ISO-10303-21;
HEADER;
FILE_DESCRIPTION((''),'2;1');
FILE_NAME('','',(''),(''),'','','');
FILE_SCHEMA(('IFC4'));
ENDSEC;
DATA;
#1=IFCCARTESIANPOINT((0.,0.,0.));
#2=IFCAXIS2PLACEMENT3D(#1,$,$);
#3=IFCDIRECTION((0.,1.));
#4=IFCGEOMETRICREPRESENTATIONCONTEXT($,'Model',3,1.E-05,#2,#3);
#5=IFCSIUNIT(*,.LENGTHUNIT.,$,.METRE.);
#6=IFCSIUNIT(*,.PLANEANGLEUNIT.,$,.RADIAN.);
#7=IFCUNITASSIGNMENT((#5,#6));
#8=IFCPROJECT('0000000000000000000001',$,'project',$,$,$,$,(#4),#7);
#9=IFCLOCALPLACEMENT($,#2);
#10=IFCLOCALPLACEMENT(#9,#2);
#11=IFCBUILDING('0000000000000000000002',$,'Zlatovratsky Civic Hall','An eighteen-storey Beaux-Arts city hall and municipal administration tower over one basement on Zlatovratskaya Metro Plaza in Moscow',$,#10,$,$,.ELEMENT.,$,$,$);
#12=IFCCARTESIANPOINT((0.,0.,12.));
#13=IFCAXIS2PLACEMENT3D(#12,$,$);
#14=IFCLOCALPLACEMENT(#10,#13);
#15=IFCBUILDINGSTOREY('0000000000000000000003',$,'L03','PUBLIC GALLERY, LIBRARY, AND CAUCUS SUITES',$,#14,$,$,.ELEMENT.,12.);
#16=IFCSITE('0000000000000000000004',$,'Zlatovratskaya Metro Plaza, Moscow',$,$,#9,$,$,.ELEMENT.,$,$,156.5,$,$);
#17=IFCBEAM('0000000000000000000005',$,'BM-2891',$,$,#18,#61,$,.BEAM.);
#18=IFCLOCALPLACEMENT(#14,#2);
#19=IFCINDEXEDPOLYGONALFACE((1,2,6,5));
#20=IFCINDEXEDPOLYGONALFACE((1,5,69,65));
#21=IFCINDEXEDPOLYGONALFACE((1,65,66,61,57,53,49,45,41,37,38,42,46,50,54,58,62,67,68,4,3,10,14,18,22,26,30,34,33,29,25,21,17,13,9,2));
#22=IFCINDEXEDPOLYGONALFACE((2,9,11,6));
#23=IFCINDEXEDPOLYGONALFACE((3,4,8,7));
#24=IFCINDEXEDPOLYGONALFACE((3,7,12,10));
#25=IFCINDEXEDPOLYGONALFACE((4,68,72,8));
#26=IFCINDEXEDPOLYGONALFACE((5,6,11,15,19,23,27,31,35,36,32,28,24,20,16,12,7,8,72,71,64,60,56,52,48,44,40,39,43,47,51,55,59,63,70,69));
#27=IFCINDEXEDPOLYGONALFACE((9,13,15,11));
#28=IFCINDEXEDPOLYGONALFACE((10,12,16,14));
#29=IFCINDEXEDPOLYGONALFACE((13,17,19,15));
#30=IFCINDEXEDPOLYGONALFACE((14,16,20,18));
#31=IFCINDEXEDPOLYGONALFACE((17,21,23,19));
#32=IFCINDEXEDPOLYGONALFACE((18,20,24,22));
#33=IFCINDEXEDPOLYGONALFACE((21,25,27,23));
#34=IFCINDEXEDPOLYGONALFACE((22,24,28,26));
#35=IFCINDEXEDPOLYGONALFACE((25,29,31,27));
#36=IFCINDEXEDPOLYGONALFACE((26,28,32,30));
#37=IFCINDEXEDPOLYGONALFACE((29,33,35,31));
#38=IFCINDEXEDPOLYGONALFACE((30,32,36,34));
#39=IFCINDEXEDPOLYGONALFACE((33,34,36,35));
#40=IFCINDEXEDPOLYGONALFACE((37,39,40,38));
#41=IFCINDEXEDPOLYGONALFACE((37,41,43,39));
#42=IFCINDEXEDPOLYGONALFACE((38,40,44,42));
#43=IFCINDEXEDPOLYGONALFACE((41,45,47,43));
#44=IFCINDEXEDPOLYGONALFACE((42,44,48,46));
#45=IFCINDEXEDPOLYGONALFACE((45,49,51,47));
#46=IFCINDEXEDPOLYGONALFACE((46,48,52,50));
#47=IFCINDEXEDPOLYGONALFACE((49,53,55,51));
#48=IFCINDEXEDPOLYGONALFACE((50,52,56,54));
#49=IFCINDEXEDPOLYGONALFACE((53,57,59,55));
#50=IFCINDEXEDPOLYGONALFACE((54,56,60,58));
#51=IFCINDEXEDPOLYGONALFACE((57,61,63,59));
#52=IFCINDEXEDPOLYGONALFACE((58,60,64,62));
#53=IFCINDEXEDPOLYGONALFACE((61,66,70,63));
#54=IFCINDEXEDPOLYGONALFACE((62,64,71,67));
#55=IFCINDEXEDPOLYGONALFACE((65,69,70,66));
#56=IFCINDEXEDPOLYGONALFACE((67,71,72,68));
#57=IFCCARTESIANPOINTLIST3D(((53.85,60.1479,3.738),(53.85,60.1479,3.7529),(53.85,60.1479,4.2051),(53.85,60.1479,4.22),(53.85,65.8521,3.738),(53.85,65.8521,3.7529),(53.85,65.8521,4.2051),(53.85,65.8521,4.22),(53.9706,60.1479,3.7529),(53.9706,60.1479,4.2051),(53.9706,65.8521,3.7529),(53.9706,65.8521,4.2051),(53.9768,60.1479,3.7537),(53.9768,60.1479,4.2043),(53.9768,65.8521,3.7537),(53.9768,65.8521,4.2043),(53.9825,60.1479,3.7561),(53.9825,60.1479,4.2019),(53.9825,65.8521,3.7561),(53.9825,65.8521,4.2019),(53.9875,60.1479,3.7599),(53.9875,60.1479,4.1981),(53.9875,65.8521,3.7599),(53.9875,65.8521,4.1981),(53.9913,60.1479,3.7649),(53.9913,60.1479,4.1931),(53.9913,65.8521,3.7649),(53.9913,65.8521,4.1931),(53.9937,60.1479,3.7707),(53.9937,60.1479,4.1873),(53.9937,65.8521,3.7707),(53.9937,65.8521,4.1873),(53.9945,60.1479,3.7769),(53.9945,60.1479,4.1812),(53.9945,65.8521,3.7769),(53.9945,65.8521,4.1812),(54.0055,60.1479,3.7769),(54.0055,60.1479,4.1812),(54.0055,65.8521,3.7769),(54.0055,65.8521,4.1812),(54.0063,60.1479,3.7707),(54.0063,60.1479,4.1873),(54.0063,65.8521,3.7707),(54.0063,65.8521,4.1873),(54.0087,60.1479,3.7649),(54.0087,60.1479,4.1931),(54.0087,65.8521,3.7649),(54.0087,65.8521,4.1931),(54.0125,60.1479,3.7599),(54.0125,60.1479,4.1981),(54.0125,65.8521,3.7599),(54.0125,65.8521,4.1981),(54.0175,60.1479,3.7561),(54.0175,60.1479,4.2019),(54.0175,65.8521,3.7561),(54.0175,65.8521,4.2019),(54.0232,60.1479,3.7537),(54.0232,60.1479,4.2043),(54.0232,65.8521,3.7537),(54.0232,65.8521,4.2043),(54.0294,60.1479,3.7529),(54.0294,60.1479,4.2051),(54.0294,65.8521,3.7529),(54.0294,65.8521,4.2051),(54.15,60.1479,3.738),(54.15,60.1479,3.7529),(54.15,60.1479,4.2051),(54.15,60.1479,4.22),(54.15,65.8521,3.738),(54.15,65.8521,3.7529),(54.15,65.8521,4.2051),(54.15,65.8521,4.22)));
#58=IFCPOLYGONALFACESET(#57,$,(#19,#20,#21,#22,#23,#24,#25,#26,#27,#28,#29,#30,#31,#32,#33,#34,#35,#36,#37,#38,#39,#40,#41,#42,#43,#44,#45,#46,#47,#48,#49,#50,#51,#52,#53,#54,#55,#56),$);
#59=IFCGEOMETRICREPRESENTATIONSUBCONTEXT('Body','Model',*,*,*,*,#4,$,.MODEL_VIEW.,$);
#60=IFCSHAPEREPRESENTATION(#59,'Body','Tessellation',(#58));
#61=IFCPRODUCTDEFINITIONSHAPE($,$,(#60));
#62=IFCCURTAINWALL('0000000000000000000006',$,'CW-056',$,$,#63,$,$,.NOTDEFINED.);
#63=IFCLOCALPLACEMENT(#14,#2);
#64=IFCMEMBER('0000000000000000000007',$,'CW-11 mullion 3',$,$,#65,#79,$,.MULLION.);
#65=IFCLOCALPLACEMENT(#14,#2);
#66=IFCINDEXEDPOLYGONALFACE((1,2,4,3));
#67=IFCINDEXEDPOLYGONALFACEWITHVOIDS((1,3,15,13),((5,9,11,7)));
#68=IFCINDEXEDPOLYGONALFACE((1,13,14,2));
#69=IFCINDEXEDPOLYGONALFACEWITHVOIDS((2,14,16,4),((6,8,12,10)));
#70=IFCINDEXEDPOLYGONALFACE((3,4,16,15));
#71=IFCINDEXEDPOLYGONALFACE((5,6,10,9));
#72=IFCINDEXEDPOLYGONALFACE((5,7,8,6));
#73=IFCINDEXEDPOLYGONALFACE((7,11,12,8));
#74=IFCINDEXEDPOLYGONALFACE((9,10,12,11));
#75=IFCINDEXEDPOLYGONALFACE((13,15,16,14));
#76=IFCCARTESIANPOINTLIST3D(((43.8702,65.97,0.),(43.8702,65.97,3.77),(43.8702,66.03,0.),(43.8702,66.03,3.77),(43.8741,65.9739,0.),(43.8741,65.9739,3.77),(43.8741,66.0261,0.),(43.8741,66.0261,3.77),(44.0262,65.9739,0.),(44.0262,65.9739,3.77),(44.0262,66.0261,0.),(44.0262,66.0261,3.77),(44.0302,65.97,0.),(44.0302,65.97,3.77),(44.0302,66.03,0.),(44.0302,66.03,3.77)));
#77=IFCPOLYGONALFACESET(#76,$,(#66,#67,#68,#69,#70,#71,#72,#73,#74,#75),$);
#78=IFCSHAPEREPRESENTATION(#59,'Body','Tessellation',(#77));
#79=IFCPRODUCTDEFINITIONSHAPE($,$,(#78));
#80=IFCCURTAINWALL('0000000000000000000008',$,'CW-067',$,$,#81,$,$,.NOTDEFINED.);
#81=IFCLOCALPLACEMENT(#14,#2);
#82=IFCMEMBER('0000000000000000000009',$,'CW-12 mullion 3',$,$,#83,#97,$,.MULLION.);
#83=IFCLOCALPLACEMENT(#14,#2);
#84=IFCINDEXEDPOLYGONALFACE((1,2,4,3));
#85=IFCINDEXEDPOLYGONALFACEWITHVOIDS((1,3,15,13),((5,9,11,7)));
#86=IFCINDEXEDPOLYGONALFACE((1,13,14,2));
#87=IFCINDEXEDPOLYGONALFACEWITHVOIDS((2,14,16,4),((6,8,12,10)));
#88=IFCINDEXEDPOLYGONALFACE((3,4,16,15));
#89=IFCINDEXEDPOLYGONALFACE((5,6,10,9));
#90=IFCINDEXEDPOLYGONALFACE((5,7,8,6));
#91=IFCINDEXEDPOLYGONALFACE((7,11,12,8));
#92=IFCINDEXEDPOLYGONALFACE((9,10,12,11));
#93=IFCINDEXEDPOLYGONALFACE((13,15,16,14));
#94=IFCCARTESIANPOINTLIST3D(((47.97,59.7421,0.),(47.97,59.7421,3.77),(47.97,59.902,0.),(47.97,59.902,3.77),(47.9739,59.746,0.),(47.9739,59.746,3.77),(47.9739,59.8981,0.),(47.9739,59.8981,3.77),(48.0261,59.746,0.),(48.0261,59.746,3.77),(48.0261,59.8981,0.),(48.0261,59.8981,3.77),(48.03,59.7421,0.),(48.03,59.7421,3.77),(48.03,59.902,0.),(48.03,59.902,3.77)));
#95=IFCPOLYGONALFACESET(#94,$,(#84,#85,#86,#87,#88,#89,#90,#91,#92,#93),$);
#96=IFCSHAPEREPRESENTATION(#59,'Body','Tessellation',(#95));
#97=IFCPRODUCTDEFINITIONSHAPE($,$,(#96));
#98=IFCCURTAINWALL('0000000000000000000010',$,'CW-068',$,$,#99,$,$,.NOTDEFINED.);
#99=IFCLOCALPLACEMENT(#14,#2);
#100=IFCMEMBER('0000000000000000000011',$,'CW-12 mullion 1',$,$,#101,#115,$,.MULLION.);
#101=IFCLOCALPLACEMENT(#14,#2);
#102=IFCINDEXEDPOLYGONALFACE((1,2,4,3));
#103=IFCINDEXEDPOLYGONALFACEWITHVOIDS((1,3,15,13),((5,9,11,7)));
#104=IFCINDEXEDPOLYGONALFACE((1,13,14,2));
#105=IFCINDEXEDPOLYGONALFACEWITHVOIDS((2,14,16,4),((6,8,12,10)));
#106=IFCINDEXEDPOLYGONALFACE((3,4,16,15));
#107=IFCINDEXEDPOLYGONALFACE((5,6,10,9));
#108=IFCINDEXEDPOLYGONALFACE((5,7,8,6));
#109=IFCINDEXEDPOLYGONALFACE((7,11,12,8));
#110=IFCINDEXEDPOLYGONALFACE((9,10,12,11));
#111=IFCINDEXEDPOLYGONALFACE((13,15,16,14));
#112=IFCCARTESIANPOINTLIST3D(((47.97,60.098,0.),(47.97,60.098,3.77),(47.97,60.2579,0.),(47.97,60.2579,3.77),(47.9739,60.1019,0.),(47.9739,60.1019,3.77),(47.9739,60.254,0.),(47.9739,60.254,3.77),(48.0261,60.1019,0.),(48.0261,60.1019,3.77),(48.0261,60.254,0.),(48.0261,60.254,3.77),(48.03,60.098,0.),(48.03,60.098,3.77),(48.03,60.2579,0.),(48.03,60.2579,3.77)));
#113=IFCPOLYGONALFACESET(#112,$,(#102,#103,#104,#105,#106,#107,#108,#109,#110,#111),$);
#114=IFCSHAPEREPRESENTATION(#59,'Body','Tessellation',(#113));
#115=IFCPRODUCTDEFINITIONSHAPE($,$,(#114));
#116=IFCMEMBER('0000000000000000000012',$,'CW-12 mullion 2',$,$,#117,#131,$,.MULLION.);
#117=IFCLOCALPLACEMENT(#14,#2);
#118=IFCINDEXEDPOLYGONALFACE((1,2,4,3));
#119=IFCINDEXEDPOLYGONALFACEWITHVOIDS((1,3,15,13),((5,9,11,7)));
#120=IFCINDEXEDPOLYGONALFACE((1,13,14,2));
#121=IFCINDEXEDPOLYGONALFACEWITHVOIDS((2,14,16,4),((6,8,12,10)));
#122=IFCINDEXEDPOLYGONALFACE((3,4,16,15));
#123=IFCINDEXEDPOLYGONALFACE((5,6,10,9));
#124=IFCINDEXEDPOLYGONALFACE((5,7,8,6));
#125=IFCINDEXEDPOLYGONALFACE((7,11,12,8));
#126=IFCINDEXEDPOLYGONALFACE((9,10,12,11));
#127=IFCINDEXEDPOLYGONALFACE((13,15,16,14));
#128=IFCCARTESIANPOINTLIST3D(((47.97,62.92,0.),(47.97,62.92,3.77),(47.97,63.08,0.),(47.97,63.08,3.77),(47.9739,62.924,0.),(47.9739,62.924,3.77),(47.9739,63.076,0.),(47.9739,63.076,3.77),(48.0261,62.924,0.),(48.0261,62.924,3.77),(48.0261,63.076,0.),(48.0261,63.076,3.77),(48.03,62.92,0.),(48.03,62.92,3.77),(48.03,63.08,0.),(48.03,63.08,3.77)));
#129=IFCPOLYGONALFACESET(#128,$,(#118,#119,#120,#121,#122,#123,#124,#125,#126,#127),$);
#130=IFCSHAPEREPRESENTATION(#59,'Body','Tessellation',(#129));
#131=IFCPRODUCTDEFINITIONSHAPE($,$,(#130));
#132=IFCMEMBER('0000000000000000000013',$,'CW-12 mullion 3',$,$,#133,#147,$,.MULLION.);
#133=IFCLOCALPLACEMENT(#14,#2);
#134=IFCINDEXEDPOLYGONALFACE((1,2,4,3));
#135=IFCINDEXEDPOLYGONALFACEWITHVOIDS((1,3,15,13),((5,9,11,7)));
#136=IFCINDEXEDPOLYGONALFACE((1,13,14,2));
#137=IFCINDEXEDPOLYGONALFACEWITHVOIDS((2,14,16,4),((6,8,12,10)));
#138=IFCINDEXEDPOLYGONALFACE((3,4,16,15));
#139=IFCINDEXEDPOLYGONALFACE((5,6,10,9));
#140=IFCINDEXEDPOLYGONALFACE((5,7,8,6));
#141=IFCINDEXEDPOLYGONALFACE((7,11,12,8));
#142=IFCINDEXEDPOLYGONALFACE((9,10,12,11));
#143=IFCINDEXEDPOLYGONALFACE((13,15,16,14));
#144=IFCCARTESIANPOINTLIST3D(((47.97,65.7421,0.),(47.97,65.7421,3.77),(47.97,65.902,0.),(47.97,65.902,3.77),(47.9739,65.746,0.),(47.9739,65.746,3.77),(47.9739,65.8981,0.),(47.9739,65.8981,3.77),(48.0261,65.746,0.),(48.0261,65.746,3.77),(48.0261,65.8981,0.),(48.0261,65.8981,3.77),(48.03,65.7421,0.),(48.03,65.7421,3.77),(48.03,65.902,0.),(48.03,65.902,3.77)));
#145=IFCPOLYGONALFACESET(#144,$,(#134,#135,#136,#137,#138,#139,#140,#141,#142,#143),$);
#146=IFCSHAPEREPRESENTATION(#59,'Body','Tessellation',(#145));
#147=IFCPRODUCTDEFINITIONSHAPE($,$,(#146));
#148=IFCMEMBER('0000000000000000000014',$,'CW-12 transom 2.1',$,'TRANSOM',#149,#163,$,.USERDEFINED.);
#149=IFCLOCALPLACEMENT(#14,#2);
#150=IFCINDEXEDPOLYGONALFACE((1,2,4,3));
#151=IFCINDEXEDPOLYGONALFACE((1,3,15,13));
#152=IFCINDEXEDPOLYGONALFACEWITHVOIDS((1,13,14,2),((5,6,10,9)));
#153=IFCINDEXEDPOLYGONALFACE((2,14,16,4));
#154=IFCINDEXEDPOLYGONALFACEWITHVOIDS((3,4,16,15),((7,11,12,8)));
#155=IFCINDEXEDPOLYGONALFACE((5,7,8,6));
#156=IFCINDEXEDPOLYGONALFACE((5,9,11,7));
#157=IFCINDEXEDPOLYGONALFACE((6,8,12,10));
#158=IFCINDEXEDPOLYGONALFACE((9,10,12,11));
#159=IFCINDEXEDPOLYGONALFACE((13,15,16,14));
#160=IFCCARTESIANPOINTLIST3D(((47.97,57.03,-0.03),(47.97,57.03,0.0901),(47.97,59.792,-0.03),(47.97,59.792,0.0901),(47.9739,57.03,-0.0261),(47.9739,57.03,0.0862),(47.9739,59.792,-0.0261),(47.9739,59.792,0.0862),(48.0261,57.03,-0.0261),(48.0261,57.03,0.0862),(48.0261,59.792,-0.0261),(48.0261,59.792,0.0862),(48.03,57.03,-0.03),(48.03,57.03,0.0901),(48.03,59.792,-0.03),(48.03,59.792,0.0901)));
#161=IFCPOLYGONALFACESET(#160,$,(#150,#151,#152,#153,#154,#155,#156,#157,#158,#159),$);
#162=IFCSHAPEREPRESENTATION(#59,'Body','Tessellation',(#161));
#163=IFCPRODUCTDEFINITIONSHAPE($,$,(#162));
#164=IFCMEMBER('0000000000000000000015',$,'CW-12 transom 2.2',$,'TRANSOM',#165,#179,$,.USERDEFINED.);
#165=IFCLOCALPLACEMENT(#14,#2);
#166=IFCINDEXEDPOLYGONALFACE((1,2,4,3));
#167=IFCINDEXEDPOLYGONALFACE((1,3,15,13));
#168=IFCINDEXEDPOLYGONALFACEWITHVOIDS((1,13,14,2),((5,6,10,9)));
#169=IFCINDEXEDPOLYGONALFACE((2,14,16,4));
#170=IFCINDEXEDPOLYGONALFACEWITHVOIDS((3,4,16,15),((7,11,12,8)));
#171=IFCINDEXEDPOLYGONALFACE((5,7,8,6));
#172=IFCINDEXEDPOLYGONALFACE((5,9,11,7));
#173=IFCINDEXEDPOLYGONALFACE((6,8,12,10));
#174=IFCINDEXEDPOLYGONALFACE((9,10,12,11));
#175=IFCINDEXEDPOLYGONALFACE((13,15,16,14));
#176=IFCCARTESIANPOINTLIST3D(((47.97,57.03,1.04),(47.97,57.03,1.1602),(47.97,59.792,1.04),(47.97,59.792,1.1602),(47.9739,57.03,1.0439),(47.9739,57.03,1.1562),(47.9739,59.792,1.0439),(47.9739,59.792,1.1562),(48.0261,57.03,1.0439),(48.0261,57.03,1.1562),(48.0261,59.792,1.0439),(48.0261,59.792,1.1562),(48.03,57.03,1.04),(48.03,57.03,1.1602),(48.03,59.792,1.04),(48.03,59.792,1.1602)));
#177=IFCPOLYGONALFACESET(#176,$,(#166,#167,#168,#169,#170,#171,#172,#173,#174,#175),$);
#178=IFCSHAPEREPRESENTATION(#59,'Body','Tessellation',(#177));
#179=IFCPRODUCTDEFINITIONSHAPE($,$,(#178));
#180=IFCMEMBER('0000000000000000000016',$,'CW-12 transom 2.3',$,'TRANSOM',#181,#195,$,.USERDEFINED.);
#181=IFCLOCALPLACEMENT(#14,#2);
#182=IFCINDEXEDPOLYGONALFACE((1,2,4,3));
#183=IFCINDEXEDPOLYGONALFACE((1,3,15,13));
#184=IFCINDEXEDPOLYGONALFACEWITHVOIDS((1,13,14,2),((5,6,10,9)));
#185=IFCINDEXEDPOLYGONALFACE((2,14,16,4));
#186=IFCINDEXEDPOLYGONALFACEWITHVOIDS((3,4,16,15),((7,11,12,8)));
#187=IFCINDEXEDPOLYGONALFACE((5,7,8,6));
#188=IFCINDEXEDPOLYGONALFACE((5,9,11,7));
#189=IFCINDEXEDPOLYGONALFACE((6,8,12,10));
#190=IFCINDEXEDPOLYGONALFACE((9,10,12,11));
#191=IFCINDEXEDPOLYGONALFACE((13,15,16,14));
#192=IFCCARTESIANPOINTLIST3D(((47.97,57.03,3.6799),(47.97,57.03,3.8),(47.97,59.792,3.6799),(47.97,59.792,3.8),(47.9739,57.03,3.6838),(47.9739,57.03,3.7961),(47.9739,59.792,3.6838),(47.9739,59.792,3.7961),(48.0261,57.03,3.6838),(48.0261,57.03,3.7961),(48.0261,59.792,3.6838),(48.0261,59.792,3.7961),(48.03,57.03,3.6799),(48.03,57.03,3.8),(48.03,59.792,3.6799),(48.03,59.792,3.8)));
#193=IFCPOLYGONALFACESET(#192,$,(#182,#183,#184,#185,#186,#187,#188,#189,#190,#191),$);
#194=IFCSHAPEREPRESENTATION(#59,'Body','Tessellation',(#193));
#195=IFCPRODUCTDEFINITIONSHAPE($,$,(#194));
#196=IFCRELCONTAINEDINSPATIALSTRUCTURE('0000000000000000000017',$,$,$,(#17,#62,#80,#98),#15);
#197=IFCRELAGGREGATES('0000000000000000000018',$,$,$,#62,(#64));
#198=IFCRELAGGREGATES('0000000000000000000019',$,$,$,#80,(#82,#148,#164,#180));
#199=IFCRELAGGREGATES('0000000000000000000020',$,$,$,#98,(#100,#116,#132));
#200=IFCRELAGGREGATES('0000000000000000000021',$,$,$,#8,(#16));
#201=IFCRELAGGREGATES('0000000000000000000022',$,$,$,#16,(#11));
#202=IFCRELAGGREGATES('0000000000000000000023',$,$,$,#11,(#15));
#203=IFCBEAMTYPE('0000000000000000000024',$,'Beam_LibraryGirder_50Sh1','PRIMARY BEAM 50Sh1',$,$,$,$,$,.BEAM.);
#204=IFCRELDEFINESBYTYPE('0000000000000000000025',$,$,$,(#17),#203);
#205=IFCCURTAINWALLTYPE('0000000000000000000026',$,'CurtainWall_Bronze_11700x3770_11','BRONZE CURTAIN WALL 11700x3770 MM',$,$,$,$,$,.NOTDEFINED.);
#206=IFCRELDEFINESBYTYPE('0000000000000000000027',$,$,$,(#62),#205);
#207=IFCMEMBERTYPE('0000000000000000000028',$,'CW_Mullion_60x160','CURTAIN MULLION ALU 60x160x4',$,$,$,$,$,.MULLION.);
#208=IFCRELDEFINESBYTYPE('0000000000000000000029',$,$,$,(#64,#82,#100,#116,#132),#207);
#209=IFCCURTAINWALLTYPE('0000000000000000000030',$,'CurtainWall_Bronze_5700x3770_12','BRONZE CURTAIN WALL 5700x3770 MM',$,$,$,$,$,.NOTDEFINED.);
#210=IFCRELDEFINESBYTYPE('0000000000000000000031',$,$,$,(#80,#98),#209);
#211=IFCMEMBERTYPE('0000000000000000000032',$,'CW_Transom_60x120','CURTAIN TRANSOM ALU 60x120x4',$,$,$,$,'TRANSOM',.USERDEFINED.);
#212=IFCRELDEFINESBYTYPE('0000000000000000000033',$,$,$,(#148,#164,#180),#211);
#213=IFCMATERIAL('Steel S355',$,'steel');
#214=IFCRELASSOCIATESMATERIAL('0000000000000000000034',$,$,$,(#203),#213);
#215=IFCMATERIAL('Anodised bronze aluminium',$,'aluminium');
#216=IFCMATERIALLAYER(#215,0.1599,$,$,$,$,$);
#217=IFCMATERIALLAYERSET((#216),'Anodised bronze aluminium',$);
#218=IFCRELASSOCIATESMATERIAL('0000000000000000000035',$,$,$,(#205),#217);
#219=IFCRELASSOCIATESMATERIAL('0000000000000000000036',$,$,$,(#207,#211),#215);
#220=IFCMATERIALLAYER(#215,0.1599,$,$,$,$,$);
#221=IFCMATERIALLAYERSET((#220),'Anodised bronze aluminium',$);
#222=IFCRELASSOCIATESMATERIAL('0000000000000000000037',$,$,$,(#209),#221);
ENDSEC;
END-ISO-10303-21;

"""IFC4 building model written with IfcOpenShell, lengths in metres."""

from ifc_helpers import new_model, si_unit, direction, frame, origin, origin_2d, place, context, subcontext, project, spatial, hollow_rectangle, i_section, extrude, material, layer, layer_set, material_profile, profile_set, type_object, element, aggregate, save


model = new_model("IFC4")

# Units and contexts
model_context = context("Model", 3, precision=1e-05, world=origin(), true_north=direction((0.0, 1.0)))
body_context = subcontext(model_context, "Body", "Model", "MODEL_VIEW")
ifc_project = project(units=[si_unit("LENGTHUNIT", "METRE"), si_unit("PLANEANGLEUNIT", "RADIAN")], contexts=[model_context])

# Site, building, storey
site_placement = place(None, origin())
site = spatial("IfcSite", under=ifc_project, at=site_placement, Name="Zlatovratskaya Metro Plaza, Moscow", CompositionType="ELEMENT", RefElevation=156.5)
building_placement = place(site_placement, origin())
building = spatial("IfcBuilding", under=site, at=building_placement, Name="Zlatovratsky Civic Hall", Description="An eighteen-storey Beaux-Arts city hall and municipal administration tower over one basement on Zlatovratskaya Metro Plaza in Moscow", CompositionType="ELEMENT")
storey_placement = place(building_placement, frame((0.0, 0.0, 12.0)))
storey = spatial("IfcBuildingStorey", under=building, at=storey_placement, Name="L03", Description="PUBLIC GALLERY, LIBRARY, AND CAUCUS SUITES", CompositionType="ELEMENT", Elevation=12.0)

# Shared definitions
ifc_material_1 = material(Name="Steel S355", Category="steel")

# Beam
ifc_material_profile_1 = material_profile(ifc_material_1, i_section(OverallWidth=0.3, OverallDepth=0.4819, WebThickness=0.011, FlangeThickness=0.0149, FilletRadius=0.0239, at=origin_2d()), Name="50Sh1")
ifc_profile_set_1 = profile_set([ifc_material_profile_1], Name="Steel S355")
beam_type = type_object("IfcBeamType", Name="Beam_LibraryGirder_50Sh1", Description="PRIMARY BEAM 50Sh1", PredefinedType="BEAM", material=ifc_profile_set_1)
for number, where, z_axis, x_axis, name in (
    (1, (54.0, 60.1479, 3.979), (0.0, 1.0, 0.0), (-1.0, 0.0, 0.0), "BM-2891"),
):
    element("IfcBeam", number, at=place(storey_placement, frame(where, z_axis=z_axis, x_axis=x_axis)), inside=storey, type_object=beam_type, Name=name, PredefinedType="BEAM", context=body_context, shape_type="SweptSolid", body=[
        extrude(i_section(OverallWidth=0.3, OverallDepth=0.4819, WebThickness=0.011, FlangeThickness=0.0149, FilletRadius=0.0239, at=origin_2d()), origin(), (0.0, 0.0, 1.0), 5.7041),
    ])

# Curtain walls, members
ifc_material_2 = material(Name="Anodised bronze aluminium", Category="aluminium")
ifc_layer_1 = layer(ifc_material_2, 0.1599)
ifc_layer_set_1 = layer_set([ifc_layer_1], Name="Anodised bronze aluminium")
curtain_wall_type_1 = type_object("IfcCurtainWallType", Name="CurtainWall_Bronze_11700x3770_11", Description="BRONZE CURTAIN WALL 11700x3770 MM", PredefinedType="NOTDEFINED", material=ifc_layer_set_1)
curtain_wall_1_placement = place(storey_placement, origin())
curtain_wall_1 = element("IfcCurtainWall", 2, at=curtain_wall_1_placement, inside=storey, type_object=curtain_wall_type_1, Name="CW-056", PredefinedType="NOTDEFINED")
ifc_material_profile_2 = material_profile(ifc_material_2, hollow_rectangle(XDim=0.0601, YDim=0.1599, WallThickness=0.0039, at=origin_2d()), Name="ALU 60x160x4")
ifc_profile_set_2 = profile_set([ifc_material_profile_2], Name="Anodised bronze aluminium")
member_type_1 = type_object("IfcMemberType", Name="CW_Mullion_60x160", Description="CURTAIN MULLION ALU 60x160x4", PredefinedType="MULLION", material=ifc_profile_set_2)
member_1_placement = place(storey_placement, frame((43.9502, 66.0, 0.0), z_axis=(0.0, 0.0, 1.0), x_axis=(0.0, 1.0, 0.0)))
member_1 = element("IfcMember", 3, at=member_1_placement, type_object=member_type_1, Name="CW-11 mullion 3", PredefinedType="MULLION", context=body_context, shape_type="SweptSolid", body=[
    extrude(hollow_rectangle(XDim=0.0601, YDim=0.1599, WallThickness=0.0039, at=origin_2d()), origin(), (0.0, 0.0, 1.0), 3.77),
])
ifc_layer_2 = layer(ifc_material_2, 0.1599)
ifc_layer_set_2 = layer_set([ifc_layer_2], Name="Anodised bronze aluminium")
curtain_wall_type_2 = type_object("IfcCurtainWallType", Name="CurtainWall_Bronze_5700x3770_12", Description="BRONZE CURTAIN WALL 5700x3770 MM", PredefinedType="NOTDEFINED", material=ifc_layer_set_2)
curtain_wall_2_placement = place(storey_placement, origin())
curtain_wall_2 = element("IfcCurtainWall", 4, at=curtain_wall_2_placement, inside=storey, type_object=curtain_wall_type_2, Name="CW-067", PredefinedType="NOTDEFINED")
member_2_placement = place(storey_placement, frame((48.0, 59.822, 0.0), z_axis=(0.0, 0.0, 1.0), x_axis=(-1.0, 0.0, 0.0)))
member_2 = element("IfcMember", 5, at=member_2_placement, type_object=member_type_1, Name="CW-12 mullion 3", PredefinedType="MULLION", context=body_context, shape_type="SweptSolid", body=[
    extrude(hollow_rectangle(XDim=0.0601, YDim=0.1599, WallThickness=0.0039, at=origin_2d()), origin(), (0.0, 0.0, 1.0), 3.77),
])

# Curtain wall, members
curtain_wall_3_placement = place(storey_placement, origin())
curtain_wall_3 = element("IfcCurtainWall", 6, at=curtain_wall_3_placement, inside=storey, type_object=curtain_wall_type_2, Name="CW-068", PredefinedType="NOTDEFINED")
member_3_placement = place(storey_placement, frame((48.0, 60.178, 0.0), z_axis=(0.0, 0.0, 1.0), x_axis=(-1.0, 0.0, 0.0)))
member_3 = element("IfcMember", 7, at=member_3_placement, type_object=member_type_1, Name="CW-12 mullion 1", PredefinedType="MULLION", context=body_context, shape_type="SweptSolid", body=[
    extrude(hollow_rectangle(XDim=0.0601, YDim=0.1599, WallThickness=0.0039, at=origin_2d()), origin(), (0.0, 0.0, 1.0), 3.77),
])
member_4_placement = place(storey_placement, frame((48.0, 63.0, 0.0), z_axis=(0.0, 0.0, 1.0), x_axis=(-1.0, 0.0, 0.0)))
member_4 = element("IfcMember", 8, at=member_4_placement, type_object=member_type_1, Name="CW-12 mullion 2", PredefinedType="MULLION", context=body_context, shape_type="SweptSolid", body=[
    extrude(hollow_rectangle(XDim=0.0601, YDim=0.1599, WallThickness=0.0039, at=origin_2d()), origin(), (0.0, 0.0, 1.0), 3.77),
])
member_5_placement = place(storey_placement, frame((48.0, 65.822, 0.0), z_axis=(0.0, 0.0, 1.0), x_axis=(-1.0, 0.0, 0.0)))
member_5 = element("IfcMember", 9, at=member_5_placement, type_object=member_type_1, Name="CW-12 mullion 3", PredefinedType="MULLION", context=body_context, shape_type="SweptSolid", body=[
    extrude(hollow_rectangle(XDim=0.0601, YDim=0.1599, WallThickness=0.0039, at=origin_2d()), origin(), (0.0, 0.0, 1.0), 3.77),
])

# Members
ifc_material_profile_3 = material_profile(ifc_material_2, hollow_rectangle(XDim=0.0601, YDim=0.1201, WallThickness=0.0039, at=origin_2d()), Name="ALU 60x120x4")
ifc_profile_set_3 = profile_set([ifc_material_profile_3], Name="Anodised bronze aluminium")
member_type_2 = type_object("IfcMemberType", Name="CW_Transom_60x120", Description="CURTAIN TRANSOM ALU 60x120x4", ElementType="TRANSOM", PredefinedType="USERDEFINED", material=ifc_profile_set_3)
member_6_placement = place(storey_placement, frame((48.0, 57.03, 0.03), z_axis=(0.0, 1.0, 0.0), x_axis=(-1.0, 0.0, 0.0)))
member_6 = element("IfcMember", 10, at=member_6_placement, type_object=member_type_2, Name="CW-12 transom 2.1", ObjectType="TRANSOM", PredefinedType="USERDEFINED", context=body_context, shape_type="SweptSolid", body=[
    extrude(hollow_rectangle(XDim=0.0601, YDim=0.1201, WallThickness=0.0039, at=origin_2d()), origin(), (0.0, 0.0, 1.0), 2.762),
])
member_7_placement = place(storey_placement, frame((48.0, 57.03, 1.1001), z_axis=(0.0, 1.0, 0.0), x_axis=(-1.0, 0.0, 0.0)))
member_7 = element("IfcMember", 11, at=member_7_placement, type_object=member_type_2, Name="CW-12 transom 2.2", ObjectType="TRANSOM", PredefinedType="USERDEFINED", context=body_context, shape_type="SweptSolid", body=[
    extrude(hollow_rectangle(XDim=0.0601, YDim=0.1201, WallThickness=0.0039, at=origin_2d()), origin(), (0.0, 0.0, 1.0), 2.762),
])
member_8_placement = place(storey_placement, frame((48.0, 57.03, 3.74), z_axis=(0.0, 1.0, 0.0), x_axis=(-1.0, 0.0, 0.0)))
member_8 = element("IfcMember", 12, at=member_8_placement, type_object=member_type_2, Name="CW-12 transom 2.3", ObjectType="TRANSOM", PredefinedType="USERDEFINED", context=body_context, shape_type="SweptSolid", body=[
    extrude(hollow_rectangle(XDim=0.0601, YDim=0.1201, WallThickness=0.0039, at=origin_2d()), origin(), (0.0, 0.0, 1.0), 2.762),
])

aggregate(curtain_wall_1, [member_1])
aggregate(curtain_wall_2, [member_2, member_6, member_7, member_8])
aggregate(curtain_wall_3, [member_3, member_4, member_5])

save(model, "model.ifc")
